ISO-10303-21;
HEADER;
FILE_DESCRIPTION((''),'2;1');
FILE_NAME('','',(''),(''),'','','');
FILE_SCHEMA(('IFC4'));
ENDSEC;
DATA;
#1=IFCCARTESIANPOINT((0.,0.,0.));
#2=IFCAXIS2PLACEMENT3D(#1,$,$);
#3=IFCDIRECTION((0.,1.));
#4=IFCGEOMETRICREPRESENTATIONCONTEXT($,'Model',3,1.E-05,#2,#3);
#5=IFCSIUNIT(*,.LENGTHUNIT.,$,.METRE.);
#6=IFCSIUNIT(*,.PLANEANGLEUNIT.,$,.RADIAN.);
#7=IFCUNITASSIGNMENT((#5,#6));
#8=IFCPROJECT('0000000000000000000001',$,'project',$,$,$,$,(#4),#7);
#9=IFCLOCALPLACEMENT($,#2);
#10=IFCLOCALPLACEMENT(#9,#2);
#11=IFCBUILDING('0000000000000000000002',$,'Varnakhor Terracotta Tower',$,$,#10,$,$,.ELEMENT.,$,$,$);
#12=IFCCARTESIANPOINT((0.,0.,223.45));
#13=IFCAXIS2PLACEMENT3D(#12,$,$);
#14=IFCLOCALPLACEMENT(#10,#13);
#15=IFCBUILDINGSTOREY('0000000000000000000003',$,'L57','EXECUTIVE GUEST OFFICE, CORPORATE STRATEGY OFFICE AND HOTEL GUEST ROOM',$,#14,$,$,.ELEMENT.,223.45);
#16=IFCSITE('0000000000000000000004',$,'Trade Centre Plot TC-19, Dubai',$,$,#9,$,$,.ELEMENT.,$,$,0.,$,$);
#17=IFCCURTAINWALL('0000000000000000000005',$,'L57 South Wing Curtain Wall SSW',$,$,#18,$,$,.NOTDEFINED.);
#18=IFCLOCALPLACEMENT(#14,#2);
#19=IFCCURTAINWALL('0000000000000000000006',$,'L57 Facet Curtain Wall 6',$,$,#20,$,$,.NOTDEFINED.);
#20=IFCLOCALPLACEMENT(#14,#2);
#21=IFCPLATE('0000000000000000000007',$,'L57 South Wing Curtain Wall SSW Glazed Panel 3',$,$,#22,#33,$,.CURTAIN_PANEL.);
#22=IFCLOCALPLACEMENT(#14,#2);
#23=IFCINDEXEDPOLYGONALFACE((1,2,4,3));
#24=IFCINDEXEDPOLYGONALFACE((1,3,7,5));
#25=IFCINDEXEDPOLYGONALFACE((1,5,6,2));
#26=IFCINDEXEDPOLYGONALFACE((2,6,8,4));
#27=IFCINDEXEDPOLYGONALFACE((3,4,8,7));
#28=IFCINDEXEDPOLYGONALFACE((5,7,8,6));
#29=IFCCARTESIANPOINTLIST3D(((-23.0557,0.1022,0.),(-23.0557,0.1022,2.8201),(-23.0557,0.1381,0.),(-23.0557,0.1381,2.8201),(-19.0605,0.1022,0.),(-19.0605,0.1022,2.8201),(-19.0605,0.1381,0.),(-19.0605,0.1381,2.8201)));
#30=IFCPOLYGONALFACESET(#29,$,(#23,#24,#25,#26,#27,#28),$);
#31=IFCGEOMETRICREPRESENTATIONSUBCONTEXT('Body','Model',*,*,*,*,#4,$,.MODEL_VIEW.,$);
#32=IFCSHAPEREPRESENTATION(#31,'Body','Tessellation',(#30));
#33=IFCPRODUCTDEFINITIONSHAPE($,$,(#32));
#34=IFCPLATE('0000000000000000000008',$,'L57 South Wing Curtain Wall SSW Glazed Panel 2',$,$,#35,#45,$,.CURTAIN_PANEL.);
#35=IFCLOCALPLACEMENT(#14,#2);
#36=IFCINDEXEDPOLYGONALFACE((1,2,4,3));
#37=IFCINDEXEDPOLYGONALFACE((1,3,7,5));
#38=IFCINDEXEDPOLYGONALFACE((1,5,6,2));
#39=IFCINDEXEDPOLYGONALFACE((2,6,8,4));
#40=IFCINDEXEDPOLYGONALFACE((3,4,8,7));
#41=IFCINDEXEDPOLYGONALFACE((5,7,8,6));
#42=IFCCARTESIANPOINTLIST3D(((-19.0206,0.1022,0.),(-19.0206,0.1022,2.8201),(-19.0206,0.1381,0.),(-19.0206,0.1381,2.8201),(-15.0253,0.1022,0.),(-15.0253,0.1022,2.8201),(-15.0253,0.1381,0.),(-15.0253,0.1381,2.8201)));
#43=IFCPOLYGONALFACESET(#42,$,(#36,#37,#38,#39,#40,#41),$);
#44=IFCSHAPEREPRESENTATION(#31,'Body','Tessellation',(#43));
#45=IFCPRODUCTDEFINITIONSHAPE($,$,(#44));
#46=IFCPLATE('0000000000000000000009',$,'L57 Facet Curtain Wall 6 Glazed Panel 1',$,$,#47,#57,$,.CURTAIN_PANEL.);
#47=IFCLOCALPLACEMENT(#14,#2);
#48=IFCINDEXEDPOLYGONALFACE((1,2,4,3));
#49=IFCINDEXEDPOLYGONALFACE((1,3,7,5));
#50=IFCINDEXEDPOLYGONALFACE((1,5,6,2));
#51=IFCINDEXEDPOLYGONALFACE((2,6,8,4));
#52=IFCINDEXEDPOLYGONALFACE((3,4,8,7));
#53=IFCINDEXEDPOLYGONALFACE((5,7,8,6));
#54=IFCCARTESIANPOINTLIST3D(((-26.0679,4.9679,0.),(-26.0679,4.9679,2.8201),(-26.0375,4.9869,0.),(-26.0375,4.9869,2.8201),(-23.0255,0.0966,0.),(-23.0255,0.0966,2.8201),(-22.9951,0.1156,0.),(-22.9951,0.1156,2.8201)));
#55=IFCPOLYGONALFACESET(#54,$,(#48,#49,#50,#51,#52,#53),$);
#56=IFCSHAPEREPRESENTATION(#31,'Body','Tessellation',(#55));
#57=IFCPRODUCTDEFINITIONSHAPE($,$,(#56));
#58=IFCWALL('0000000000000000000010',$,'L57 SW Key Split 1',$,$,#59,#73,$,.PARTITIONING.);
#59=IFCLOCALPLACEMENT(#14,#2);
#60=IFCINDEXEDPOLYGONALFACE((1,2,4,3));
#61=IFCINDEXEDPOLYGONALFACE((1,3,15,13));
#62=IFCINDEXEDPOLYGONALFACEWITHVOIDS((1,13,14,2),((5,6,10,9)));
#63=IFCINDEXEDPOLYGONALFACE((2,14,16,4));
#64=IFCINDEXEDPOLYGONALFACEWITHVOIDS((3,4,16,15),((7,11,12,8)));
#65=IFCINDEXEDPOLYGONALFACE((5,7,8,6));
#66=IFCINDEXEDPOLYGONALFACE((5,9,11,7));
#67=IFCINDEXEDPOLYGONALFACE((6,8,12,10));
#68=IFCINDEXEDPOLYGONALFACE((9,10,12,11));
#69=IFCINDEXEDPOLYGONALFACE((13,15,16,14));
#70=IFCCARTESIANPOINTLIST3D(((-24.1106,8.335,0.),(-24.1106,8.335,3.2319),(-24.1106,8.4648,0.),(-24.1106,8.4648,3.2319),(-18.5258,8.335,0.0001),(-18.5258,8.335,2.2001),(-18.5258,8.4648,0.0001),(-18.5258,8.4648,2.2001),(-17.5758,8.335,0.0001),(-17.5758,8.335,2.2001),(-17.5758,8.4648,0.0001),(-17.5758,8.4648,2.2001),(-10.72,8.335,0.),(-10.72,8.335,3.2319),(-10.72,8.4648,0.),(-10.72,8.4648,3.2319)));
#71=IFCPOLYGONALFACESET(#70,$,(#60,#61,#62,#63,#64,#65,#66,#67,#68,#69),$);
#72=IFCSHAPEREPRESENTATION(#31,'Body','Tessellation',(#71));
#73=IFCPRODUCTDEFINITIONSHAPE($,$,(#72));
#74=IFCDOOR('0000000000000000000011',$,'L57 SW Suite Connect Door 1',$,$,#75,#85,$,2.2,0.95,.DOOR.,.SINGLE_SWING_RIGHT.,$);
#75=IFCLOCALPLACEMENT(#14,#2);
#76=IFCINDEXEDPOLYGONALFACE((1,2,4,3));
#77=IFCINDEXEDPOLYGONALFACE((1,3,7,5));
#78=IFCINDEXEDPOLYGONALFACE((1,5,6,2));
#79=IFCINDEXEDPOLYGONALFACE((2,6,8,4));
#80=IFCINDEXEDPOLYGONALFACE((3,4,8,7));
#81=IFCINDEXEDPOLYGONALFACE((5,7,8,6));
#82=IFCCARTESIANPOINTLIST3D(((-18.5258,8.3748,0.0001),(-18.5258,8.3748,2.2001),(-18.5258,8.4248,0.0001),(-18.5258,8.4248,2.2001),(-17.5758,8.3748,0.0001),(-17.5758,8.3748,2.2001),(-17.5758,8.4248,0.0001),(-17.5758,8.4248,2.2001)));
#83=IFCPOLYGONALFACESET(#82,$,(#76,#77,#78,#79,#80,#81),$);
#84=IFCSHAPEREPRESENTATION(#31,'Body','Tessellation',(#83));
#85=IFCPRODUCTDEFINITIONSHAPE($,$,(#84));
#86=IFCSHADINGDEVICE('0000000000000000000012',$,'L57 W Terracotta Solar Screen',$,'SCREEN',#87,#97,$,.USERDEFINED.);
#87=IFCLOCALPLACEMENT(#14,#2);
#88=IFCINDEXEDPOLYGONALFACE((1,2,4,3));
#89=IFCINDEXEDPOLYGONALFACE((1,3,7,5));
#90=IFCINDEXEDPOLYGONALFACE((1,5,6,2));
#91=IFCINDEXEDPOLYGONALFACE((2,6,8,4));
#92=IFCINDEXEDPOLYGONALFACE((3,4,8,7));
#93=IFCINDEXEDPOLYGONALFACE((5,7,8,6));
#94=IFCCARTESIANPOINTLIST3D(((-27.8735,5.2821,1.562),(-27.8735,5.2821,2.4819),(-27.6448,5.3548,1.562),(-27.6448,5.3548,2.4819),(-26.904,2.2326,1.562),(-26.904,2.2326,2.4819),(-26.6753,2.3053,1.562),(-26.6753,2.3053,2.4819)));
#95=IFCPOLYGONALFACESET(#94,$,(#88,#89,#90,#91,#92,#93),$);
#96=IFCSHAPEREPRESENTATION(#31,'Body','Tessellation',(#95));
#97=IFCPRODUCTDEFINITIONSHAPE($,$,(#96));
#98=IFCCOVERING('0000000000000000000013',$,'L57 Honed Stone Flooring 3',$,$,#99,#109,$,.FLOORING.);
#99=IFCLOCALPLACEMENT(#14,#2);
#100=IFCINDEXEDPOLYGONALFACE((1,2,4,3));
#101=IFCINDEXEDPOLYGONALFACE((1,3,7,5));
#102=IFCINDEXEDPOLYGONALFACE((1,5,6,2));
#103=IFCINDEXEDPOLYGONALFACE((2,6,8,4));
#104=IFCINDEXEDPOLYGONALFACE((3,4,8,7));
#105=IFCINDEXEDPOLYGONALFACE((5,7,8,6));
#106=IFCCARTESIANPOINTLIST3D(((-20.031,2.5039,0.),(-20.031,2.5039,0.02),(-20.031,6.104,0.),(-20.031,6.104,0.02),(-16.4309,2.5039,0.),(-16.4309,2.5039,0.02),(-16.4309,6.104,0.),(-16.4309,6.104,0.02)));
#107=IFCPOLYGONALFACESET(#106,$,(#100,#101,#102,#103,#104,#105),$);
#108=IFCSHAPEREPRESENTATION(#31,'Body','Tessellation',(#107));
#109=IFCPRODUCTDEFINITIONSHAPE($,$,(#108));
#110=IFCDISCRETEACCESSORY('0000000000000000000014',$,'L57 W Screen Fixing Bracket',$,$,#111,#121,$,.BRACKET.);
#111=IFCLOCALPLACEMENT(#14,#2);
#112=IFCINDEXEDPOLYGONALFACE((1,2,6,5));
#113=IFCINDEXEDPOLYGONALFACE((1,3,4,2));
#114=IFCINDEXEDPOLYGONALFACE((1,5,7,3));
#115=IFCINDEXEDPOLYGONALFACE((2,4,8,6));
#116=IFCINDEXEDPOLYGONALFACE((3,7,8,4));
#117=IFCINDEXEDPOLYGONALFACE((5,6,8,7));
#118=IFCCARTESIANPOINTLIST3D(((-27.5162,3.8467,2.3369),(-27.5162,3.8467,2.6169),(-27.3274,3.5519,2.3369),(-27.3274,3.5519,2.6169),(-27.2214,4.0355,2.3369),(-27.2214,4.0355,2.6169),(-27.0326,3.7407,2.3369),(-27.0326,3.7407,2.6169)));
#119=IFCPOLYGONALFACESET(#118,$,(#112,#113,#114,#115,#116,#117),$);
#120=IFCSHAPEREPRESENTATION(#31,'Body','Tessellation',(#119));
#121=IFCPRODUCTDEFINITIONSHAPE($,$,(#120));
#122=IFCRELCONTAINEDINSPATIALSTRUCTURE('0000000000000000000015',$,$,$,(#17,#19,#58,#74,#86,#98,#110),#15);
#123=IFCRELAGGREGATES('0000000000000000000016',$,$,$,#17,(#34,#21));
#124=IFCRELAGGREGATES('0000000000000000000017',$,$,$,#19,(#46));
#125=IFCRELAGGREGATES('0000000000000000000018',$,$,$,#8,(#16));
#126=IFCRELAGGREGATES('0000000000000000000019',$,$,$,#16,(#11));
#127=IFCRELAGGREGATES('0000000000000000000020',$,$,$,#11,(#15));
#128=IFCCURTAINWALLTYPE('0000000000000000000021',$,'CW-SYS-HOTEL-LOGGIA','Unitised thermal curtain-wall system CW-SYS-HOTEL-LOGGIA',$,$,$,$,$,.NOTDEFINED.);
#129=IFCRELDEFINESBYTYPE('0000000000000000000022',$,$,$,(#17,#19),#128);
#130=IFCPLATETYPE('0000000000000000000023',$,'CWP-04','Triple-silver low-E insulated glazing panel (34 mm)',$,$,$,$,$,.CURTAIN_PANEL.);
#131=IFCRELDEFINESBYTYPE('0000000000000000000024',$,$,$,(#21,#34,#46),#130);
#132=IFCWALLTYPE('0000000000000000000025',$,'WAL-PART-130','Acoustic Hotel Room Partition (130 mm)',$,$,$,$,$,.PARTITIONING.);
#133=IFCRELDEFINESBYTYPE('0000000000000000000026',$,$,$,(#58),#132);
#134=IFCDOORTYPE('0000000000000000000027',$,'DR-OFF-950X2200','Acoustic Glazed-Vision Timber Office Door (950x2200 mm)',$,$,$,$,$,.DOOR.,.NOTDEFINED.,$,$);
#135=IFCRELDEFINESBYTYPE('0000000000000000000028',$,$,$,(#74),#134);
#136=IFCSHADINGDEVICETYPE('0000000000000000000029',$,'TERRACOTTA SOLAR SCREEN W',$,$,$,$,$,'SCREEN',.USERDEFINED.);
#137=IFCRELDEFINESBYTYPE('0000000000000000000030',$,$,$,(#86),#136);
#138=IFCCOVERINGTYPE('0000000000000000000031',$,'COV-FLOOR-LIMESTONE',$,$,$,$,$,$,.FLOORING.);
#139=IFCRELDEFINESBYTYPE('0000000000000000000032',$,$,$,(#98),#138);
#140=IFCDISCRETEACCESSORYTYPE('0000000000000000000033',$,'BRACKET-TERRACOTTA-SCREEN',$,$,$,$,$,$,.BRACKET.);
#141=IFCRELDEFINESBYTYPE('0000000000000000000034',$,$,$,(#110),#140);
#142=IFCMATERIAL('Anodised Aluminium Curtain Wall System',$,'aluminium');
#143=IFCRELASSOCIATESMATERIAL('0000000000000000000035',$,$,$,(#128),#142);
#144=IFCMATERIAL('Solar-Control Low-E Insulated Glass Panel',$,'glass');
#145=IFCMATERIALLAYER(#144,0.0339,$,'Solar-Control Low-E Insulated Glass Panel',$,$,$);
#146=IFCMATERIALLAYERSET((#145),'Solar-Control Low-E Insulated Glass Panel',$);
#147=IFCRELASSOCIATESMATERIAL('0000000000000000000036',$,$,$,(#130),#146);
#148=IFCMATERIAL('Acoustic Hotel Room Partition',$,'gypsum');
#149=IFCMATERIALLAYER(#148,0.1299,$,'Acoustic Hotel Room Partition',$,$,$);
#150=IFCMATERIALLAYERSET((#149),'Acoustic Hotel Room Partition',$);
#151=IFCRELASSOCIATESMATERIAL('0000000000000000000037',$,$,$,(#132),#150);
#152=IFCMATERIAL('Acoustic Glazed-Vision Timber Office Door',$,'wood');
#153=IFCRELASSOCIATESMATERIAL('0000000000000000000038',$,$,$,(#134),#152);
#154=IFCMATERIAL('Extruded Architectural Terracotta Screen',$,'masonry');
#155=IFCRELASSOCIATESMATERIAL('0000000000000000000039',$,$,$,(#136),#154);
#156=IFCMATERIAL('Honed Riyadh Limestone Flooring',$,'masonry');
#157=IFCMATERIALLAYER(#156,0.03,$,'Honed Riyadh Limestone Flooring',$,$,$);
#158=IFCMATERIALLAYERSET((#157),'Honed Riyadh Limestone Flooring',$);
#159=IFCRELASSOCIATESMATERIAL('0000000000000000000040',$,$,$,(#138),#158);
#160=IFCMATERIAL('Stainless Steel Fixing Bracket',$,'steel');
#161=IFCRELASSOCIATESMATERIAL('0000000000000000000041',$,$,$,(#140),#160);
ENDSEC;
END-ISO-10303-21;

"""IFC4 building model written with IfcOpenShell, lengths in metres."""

from ifc_helpers import new_model, si_unit, direction, frame, frame_2d, origin, origin_2d, place, context, subcontext, project, spatial, rectangle, extrude, source, transform, mapped, material, layer, layer_set, type_object, type_shapes, element, fill, aggregate, save


model = new_model("IFC4")

# Units and contexts
model_context = context("Model", 3, precision=1e-05, world=origin(), true_north=direction((0.0, 1.0)))
body_context = subcontext(model_context, "Body", "Model", "MODEL_VIEW")
ifc_project = project(units=[si_unit("LENGTHUNIT", "METRE"), si_unit("PLANEANGLEUNIT", "RADIAN")], contexts=[model_context])

# Site, building, storey
site_placement = place(None, origin())
site = spatial("IfcSite", under=ifc_project, at=site_placement, Name="Trade Centre Plot TC-19, Dubai", CompositionType="ELEMENT", RefElevation=0.0)
building_placement = place(site_placement, origin())
building = spatial("IfcBuilding", under=site, at=building_placement, Name="Varnakhor Terracotta Tower", CompositionType="ELEMENT")
storey_placement = place(building_placement, frame((0.0, 0.0, 223.45)))
storey = spatial("IfcBuildingStorey", under=building, at=storey_placement, Name="L57", Description="EXECUTIVE GUEST OFFICE, CORPORATE STRATEGY OFFICE AND HOTEL GUEST ROOM", CompositionType="ELEMENT", Elevation=223.45)

# Curtain wall
ifc_material_1 = material(Name="Anodised Aluminium Curtain Wall System", Category="aluminium")
curtain_wall_type = type_object("IfcCurtainWallType", Name="CW-SYS-HOTEL-LOGGIA", Description="Unitised thermal curtain-wall system CW-SYS-HOTEL-LOGGIA", PredefinedType="NOTDEFINED", material=ifc_material_1)
curtain_wall_1_placement = place(storey_placement, origin())
curtain_wall_1 = element("IfcCurtainWall", 1, at=curtain_wall_1_placement, inside=storey, type_object=curtain_wall_type, Name="L57 South Wing Curtain Wall SSW", PredefinedType="NOTDEFINED")

# Curtain wall
curtain_wall_2_placement = place(storey_placement, origin())
curtain_wall_2 = element("IfcCurtainWall", 2, at=curtain_wall_2_placement, inside=storey, type_object=curtain_wall_type, Name="L57 Facet Curtain Wall 6", PredefinedType="NOTDEFINED")

# Plates
ifc_material_2 = material(Name="Solar-Control Low-E Insulated Glass Panel", Category="glass")
ifc_layer_1 = layer(ifc_material_2, 0.0339, Name="Solar-Control Low-E Insulated Glass Panel")
ifc_layer_set_1 = layer_set([ifc_layer_1], Name="Solar-Control Low-E Insulated Glass Panel")
plate_type = type_object("IfcPlateType", Name="CWP-04", Description="Triple-silver low-E insulated glazing panel (34 mm)", PredefinedType="CURTAIN_PANEL", material=ifc_layer_set_1)
shared_shape_1 = source(origin(), body_context, "Body", "SweptSolid", [
    extrude(rectangle(XDim=3.9951, YDim=0.0359, at=origin_2d()), origin(), (0.0, 0.0, 1.0), 2.8201),
])
plate_1_placement = place(storey_placement, frame((-21.0581, 0.1201, 0.0), z_axis=(0.0, 0.0, 1.0), x_axis=(-1.0, 0.0, 0.0)))
plate_1 = element("IfcPlate", 3, at=plate_1_placement, type_object=plate_type, Name="L57 South Wing Curtain Wall SSW Glazed Panel 3", PredefinedType="CURTAIN_PANEL", context=body_context, shape_type="MappedRepresentation", body=[
    mapped(shared_shape_1, transform((0.0, 0.0, 0.0), scale=1.0)),
])
shared_shape_2 = source(origin(), body_context, "Body", "SweptSolid", [
    extrude(rectangle(XDim=3.9954, YDim=0.0359, at=origin_2d()), origin(), (0.0, 0.0, 1.0), 2.8201),
])
plate_2_placement = place(storey_placement, frame((-17.0229, 0.1201, 0.0), z_axis=(0.0, 0.0, 1.0), x_axis=(-1.0, 0.0, 0.0)))
plate_2 = element("IfcPlate", 4, at=plate_2_placement, type_object=plate_type, Name="L57 South Wing Curtain Wall SSW Glazed Panel 2", PredefinedType="CURTAIN_PANEL", context=body_context, shape_type="MappedRepresentation", body=[
    mapped(shared_shape_2, transform((0.0, 0.0, 0.0), scale=1.0)),
])
aggregate(curtain_wall_1, [plate_2, plate_1])
shared_shape_3 = source(origin(), body_context, "Body", "SweptSolid", [
    extrude(rectangle(XDim=5.7434, YDim=0.0359, at=origin_2d()), origin(), (0.0, 0.0, 1.0), 2.8201),
])
plate_3_placement = place(storey_placement, frame((-24.5315, 2.5417, 0.0), z_axis=(0.0, 0.0, 1.0), x_axis=(-0.529727, 0.848168, 0.0)))
plate_3 = element("IfcPlate", 5, at=plate_3_placement, type_object=plate_type, Name="L57 Facet Curtain Wall 6 Glazed Panel 1", PredefinedType="CURTAIN_PANEL", context=body_context, shape_type="MappedRepresentation", body=[
    mapped(shared_shape_3, transform((0.0, 0.0, 0.0), scale=1.0)),
])
aggregate(curtain_wall_2, [plate_3])

# Wall, opening, door
ifc_material_3 = material(Name="Acoustic Hotel Room Partition", Category="gypsum")
ifc_layer_2 = layer(ifc_material_3, 0.1299, Name="Acoustic Hotel Room Partition")
ifc_layer_set_2 = layer_set([ifc_layer_2], Name="Acoustic Hotel Room Partition")
wall_type = type_object("IfcWallType", Name="WAL-PART-130", Description="Acoustic Hotel Room Partition (130 mm)", PredefinedType="PARTITIONING", material=ifc_layer_set_2)
wall_placement = place(storey_placement, frame((-24.1106, 8.3999, 0.0), z_axis=(0.0, 0.0, 1.0), x_axis=(1.0, 0.0, 0.0)))
wall = element("IfcWall", 6, at=wall_placement, inside=storey, type_object=wall_type, Name="L57 SW Key Split 1", PredefinedType="PARTITIONING", context=body_context, shape_type="SweptSolid", body=[
    extrude(rectangle(XDim=13.3906, YDim=0.1299, at=frame_2d((6.6953, 0.0))), origin(), (0.0, 0.0, 1.0), 3.2319),
])
opening_placement = place(wall_placement, frame((5.5847, 0.0, 0.0)))
opening = element("IfcOpeningElement", 7, at=opening_placement, cuts=wall, PredefinedType="OPENING", context=body_context, shape_type="SweptSolid", body=[
    extrude(rectangle(XDim=0.95, YDim=2.2, at=frame_2d((0.4751, 1.1001))), frame((0.0, 0.075, 0.0), z_axis=(0.0, -1.0, 0.0), x_axis=(1.0, 0.0, 0.0)), (0.0, 0.0, 1.0), 0.1499),
])
ifc_material_4 = material(Name="Acoustic Glazed-Vision Timber Office Door", Category="wood")
door_type = type_object("IfcDoorType", Name="DR-OFF-950X2200", Description="Acoustic Glazed-Vision Timber Office Door (950x2200 mm)", OperationType="NOTDEFINED", PredefinedType="DOOR", material=ifc_material_4)
shared_shape_4 = source(origin(), body_context, "Body", "SweptSolid", [
    extrude(rectangle(XDim=0.95, YDim=2.2, at=frame_2d((0.4751, 1.1001))), frame((0.0, 0.0249, 0.0), z_axis=(0.0, -1.0, 0.0), x_axis=(1.0, 0.0, 0.0)), (0.0, 0.0, 1.0), 0.05),
])
type_shapes(door_type, [shared_shape_4])
door_placement = place(opening_placement, origin())
door = element("IfcDoor", 8, at=door_placement, inside=storey, type_object=door_type, Name="L57 SW Suite Connect Door 1", OperationType="SINGLE_SWING_RIGHT", OverallHeight=2.2, OverallWidth=0.95, PredefinedType="DOOR", context=body_context, shape_type="MappedRepresentation", body=[
    mapped(shared_shape_4, transform((0.0, 0.0, 0.0), scale=1.0)),
])
fill(opening, door)

# Shading device
ifc_material_5 = material(Name="Extruded Architectural Terracotta Screen", Category="masonry")
shading_device_type = type_object("IfcShadingDeviceType", Name="TERRACOTTA SOLAR SCREEN W", ElementType="SCREEN", PredefinedType="USERDEFINED", material=ifc_material_5)
shared_shape_5 = source(origin(), body_context, "Body", "SweptSolid", [
    extrude(rectangle(XDim=3.2, YDim=0.24, at=origin_2d()), origin(), (0.0, 0.0, 1.0), 0.9199),
])
type_shapes(shading_device_type, [shared_shape_5])
shading_device_placement = place(storey_placement, frame((-27.2744, 3.7937, 1.562), z_axis=(0.0, 0.0, 1.0), x_axis=(0.302969, -0.953, 0.0)))
element("IfcShadingDevice", 9, at=shading_device_placement, inside=storey, type_object=shading_device_type, Name="L57 W Terracotta Solar Screen", ObjectType="SCREEN", PredefinedType="USERDEFINED", context=body_context, shape_type="MappedRepresentation", body=[
    mapped(shared_shape_5, transform((0.0, 0.0, 0.0), scale=1.0)),
])

# Covering
ifc_material_6 = material(Name="Honed Riyadh Limestone Flooring", Category="masonry")
ifc_layer_3 = layer(ifc_material_6, 0.03, Name="Honed Riyadh Limestone Flooring")
ifc_layer_set_3 = layer_set([ifc_layer_3], Name="Honed Riyadh Limestone Flooring")
covering_type = type_object("IfcCoveringType", Name="COV-FLOOR-LIMESTONE", PredefinedType="FLOORING", material=ifc_layer_set_3)
shared_shape_6 = source(origin(), body_context, "Body", "SweptSolid", [
    extrude(rectangle(XDim=3.6001, YDim=3.6001, at=origin_2d()), origin(), (0.0, 0.0, 1.0), 0.02),
])
covering_placement = place(storey_placement, frame((-18.231, 4.304, 0.0), z_axis=(0.0, 0.0, 1.0), x_axis=(1.0, 0.0, 0.0)))
element("IfcCovering", 10, at=covering_placement, inside=storey, type_object=covering_type, Name="L57 Honed Stone Flooring 3", PredefinedType="FLOORING", context=body_context, shape_type="MappedRepresentation", body=[
    mapped(shared_shape_6, transform((0.0, 0.0, 0.0), scale=1.0)),
])

# Discrete accessory
ifc_material_7 = material(Name="Stainless Steel Fixing Bracket", Category="steel")
discrete_accessory_type = type_object("IfcDiscreteAccessoryType", Name="BRACKET-TERRACOTTA-SCREEN", PredefinedType="BRACKET", material=ifc_material_7)
shared_shape_7 = source(origin(), body_context, "Body", "SweptSolid", [
    extrude(rectangle(XDim=0.3501, YDim=0.3501, at=origin_2d()), origin(), (0.0, 0.0, 1.0), 0.28),
])
type_shapes(discrete_accessory_type, [shared_shape_7])
discrete_accessory_placement = place(storey_placement, frame((-27.2744, 3.7937, 2.3369), z_axis=(0.0, 0.0, 1.0), x_axis=(0.5393, -0.842114, 0.0)))
element("IfcDiscreteAccessory", 11, at=discrete_accessory_placement, inside=storey, type_object=discrete_accessory_type, Name="L57 W Screen Fixing Bracket", PredefinedType="BRACKET", context=body_context, shape_type="MappedRepresentation", body=[
    mapped(shared_shape_7, transform((0.0, 0.0, 0.0), scale=1.0)),
])

save(model, "model.ifc")
